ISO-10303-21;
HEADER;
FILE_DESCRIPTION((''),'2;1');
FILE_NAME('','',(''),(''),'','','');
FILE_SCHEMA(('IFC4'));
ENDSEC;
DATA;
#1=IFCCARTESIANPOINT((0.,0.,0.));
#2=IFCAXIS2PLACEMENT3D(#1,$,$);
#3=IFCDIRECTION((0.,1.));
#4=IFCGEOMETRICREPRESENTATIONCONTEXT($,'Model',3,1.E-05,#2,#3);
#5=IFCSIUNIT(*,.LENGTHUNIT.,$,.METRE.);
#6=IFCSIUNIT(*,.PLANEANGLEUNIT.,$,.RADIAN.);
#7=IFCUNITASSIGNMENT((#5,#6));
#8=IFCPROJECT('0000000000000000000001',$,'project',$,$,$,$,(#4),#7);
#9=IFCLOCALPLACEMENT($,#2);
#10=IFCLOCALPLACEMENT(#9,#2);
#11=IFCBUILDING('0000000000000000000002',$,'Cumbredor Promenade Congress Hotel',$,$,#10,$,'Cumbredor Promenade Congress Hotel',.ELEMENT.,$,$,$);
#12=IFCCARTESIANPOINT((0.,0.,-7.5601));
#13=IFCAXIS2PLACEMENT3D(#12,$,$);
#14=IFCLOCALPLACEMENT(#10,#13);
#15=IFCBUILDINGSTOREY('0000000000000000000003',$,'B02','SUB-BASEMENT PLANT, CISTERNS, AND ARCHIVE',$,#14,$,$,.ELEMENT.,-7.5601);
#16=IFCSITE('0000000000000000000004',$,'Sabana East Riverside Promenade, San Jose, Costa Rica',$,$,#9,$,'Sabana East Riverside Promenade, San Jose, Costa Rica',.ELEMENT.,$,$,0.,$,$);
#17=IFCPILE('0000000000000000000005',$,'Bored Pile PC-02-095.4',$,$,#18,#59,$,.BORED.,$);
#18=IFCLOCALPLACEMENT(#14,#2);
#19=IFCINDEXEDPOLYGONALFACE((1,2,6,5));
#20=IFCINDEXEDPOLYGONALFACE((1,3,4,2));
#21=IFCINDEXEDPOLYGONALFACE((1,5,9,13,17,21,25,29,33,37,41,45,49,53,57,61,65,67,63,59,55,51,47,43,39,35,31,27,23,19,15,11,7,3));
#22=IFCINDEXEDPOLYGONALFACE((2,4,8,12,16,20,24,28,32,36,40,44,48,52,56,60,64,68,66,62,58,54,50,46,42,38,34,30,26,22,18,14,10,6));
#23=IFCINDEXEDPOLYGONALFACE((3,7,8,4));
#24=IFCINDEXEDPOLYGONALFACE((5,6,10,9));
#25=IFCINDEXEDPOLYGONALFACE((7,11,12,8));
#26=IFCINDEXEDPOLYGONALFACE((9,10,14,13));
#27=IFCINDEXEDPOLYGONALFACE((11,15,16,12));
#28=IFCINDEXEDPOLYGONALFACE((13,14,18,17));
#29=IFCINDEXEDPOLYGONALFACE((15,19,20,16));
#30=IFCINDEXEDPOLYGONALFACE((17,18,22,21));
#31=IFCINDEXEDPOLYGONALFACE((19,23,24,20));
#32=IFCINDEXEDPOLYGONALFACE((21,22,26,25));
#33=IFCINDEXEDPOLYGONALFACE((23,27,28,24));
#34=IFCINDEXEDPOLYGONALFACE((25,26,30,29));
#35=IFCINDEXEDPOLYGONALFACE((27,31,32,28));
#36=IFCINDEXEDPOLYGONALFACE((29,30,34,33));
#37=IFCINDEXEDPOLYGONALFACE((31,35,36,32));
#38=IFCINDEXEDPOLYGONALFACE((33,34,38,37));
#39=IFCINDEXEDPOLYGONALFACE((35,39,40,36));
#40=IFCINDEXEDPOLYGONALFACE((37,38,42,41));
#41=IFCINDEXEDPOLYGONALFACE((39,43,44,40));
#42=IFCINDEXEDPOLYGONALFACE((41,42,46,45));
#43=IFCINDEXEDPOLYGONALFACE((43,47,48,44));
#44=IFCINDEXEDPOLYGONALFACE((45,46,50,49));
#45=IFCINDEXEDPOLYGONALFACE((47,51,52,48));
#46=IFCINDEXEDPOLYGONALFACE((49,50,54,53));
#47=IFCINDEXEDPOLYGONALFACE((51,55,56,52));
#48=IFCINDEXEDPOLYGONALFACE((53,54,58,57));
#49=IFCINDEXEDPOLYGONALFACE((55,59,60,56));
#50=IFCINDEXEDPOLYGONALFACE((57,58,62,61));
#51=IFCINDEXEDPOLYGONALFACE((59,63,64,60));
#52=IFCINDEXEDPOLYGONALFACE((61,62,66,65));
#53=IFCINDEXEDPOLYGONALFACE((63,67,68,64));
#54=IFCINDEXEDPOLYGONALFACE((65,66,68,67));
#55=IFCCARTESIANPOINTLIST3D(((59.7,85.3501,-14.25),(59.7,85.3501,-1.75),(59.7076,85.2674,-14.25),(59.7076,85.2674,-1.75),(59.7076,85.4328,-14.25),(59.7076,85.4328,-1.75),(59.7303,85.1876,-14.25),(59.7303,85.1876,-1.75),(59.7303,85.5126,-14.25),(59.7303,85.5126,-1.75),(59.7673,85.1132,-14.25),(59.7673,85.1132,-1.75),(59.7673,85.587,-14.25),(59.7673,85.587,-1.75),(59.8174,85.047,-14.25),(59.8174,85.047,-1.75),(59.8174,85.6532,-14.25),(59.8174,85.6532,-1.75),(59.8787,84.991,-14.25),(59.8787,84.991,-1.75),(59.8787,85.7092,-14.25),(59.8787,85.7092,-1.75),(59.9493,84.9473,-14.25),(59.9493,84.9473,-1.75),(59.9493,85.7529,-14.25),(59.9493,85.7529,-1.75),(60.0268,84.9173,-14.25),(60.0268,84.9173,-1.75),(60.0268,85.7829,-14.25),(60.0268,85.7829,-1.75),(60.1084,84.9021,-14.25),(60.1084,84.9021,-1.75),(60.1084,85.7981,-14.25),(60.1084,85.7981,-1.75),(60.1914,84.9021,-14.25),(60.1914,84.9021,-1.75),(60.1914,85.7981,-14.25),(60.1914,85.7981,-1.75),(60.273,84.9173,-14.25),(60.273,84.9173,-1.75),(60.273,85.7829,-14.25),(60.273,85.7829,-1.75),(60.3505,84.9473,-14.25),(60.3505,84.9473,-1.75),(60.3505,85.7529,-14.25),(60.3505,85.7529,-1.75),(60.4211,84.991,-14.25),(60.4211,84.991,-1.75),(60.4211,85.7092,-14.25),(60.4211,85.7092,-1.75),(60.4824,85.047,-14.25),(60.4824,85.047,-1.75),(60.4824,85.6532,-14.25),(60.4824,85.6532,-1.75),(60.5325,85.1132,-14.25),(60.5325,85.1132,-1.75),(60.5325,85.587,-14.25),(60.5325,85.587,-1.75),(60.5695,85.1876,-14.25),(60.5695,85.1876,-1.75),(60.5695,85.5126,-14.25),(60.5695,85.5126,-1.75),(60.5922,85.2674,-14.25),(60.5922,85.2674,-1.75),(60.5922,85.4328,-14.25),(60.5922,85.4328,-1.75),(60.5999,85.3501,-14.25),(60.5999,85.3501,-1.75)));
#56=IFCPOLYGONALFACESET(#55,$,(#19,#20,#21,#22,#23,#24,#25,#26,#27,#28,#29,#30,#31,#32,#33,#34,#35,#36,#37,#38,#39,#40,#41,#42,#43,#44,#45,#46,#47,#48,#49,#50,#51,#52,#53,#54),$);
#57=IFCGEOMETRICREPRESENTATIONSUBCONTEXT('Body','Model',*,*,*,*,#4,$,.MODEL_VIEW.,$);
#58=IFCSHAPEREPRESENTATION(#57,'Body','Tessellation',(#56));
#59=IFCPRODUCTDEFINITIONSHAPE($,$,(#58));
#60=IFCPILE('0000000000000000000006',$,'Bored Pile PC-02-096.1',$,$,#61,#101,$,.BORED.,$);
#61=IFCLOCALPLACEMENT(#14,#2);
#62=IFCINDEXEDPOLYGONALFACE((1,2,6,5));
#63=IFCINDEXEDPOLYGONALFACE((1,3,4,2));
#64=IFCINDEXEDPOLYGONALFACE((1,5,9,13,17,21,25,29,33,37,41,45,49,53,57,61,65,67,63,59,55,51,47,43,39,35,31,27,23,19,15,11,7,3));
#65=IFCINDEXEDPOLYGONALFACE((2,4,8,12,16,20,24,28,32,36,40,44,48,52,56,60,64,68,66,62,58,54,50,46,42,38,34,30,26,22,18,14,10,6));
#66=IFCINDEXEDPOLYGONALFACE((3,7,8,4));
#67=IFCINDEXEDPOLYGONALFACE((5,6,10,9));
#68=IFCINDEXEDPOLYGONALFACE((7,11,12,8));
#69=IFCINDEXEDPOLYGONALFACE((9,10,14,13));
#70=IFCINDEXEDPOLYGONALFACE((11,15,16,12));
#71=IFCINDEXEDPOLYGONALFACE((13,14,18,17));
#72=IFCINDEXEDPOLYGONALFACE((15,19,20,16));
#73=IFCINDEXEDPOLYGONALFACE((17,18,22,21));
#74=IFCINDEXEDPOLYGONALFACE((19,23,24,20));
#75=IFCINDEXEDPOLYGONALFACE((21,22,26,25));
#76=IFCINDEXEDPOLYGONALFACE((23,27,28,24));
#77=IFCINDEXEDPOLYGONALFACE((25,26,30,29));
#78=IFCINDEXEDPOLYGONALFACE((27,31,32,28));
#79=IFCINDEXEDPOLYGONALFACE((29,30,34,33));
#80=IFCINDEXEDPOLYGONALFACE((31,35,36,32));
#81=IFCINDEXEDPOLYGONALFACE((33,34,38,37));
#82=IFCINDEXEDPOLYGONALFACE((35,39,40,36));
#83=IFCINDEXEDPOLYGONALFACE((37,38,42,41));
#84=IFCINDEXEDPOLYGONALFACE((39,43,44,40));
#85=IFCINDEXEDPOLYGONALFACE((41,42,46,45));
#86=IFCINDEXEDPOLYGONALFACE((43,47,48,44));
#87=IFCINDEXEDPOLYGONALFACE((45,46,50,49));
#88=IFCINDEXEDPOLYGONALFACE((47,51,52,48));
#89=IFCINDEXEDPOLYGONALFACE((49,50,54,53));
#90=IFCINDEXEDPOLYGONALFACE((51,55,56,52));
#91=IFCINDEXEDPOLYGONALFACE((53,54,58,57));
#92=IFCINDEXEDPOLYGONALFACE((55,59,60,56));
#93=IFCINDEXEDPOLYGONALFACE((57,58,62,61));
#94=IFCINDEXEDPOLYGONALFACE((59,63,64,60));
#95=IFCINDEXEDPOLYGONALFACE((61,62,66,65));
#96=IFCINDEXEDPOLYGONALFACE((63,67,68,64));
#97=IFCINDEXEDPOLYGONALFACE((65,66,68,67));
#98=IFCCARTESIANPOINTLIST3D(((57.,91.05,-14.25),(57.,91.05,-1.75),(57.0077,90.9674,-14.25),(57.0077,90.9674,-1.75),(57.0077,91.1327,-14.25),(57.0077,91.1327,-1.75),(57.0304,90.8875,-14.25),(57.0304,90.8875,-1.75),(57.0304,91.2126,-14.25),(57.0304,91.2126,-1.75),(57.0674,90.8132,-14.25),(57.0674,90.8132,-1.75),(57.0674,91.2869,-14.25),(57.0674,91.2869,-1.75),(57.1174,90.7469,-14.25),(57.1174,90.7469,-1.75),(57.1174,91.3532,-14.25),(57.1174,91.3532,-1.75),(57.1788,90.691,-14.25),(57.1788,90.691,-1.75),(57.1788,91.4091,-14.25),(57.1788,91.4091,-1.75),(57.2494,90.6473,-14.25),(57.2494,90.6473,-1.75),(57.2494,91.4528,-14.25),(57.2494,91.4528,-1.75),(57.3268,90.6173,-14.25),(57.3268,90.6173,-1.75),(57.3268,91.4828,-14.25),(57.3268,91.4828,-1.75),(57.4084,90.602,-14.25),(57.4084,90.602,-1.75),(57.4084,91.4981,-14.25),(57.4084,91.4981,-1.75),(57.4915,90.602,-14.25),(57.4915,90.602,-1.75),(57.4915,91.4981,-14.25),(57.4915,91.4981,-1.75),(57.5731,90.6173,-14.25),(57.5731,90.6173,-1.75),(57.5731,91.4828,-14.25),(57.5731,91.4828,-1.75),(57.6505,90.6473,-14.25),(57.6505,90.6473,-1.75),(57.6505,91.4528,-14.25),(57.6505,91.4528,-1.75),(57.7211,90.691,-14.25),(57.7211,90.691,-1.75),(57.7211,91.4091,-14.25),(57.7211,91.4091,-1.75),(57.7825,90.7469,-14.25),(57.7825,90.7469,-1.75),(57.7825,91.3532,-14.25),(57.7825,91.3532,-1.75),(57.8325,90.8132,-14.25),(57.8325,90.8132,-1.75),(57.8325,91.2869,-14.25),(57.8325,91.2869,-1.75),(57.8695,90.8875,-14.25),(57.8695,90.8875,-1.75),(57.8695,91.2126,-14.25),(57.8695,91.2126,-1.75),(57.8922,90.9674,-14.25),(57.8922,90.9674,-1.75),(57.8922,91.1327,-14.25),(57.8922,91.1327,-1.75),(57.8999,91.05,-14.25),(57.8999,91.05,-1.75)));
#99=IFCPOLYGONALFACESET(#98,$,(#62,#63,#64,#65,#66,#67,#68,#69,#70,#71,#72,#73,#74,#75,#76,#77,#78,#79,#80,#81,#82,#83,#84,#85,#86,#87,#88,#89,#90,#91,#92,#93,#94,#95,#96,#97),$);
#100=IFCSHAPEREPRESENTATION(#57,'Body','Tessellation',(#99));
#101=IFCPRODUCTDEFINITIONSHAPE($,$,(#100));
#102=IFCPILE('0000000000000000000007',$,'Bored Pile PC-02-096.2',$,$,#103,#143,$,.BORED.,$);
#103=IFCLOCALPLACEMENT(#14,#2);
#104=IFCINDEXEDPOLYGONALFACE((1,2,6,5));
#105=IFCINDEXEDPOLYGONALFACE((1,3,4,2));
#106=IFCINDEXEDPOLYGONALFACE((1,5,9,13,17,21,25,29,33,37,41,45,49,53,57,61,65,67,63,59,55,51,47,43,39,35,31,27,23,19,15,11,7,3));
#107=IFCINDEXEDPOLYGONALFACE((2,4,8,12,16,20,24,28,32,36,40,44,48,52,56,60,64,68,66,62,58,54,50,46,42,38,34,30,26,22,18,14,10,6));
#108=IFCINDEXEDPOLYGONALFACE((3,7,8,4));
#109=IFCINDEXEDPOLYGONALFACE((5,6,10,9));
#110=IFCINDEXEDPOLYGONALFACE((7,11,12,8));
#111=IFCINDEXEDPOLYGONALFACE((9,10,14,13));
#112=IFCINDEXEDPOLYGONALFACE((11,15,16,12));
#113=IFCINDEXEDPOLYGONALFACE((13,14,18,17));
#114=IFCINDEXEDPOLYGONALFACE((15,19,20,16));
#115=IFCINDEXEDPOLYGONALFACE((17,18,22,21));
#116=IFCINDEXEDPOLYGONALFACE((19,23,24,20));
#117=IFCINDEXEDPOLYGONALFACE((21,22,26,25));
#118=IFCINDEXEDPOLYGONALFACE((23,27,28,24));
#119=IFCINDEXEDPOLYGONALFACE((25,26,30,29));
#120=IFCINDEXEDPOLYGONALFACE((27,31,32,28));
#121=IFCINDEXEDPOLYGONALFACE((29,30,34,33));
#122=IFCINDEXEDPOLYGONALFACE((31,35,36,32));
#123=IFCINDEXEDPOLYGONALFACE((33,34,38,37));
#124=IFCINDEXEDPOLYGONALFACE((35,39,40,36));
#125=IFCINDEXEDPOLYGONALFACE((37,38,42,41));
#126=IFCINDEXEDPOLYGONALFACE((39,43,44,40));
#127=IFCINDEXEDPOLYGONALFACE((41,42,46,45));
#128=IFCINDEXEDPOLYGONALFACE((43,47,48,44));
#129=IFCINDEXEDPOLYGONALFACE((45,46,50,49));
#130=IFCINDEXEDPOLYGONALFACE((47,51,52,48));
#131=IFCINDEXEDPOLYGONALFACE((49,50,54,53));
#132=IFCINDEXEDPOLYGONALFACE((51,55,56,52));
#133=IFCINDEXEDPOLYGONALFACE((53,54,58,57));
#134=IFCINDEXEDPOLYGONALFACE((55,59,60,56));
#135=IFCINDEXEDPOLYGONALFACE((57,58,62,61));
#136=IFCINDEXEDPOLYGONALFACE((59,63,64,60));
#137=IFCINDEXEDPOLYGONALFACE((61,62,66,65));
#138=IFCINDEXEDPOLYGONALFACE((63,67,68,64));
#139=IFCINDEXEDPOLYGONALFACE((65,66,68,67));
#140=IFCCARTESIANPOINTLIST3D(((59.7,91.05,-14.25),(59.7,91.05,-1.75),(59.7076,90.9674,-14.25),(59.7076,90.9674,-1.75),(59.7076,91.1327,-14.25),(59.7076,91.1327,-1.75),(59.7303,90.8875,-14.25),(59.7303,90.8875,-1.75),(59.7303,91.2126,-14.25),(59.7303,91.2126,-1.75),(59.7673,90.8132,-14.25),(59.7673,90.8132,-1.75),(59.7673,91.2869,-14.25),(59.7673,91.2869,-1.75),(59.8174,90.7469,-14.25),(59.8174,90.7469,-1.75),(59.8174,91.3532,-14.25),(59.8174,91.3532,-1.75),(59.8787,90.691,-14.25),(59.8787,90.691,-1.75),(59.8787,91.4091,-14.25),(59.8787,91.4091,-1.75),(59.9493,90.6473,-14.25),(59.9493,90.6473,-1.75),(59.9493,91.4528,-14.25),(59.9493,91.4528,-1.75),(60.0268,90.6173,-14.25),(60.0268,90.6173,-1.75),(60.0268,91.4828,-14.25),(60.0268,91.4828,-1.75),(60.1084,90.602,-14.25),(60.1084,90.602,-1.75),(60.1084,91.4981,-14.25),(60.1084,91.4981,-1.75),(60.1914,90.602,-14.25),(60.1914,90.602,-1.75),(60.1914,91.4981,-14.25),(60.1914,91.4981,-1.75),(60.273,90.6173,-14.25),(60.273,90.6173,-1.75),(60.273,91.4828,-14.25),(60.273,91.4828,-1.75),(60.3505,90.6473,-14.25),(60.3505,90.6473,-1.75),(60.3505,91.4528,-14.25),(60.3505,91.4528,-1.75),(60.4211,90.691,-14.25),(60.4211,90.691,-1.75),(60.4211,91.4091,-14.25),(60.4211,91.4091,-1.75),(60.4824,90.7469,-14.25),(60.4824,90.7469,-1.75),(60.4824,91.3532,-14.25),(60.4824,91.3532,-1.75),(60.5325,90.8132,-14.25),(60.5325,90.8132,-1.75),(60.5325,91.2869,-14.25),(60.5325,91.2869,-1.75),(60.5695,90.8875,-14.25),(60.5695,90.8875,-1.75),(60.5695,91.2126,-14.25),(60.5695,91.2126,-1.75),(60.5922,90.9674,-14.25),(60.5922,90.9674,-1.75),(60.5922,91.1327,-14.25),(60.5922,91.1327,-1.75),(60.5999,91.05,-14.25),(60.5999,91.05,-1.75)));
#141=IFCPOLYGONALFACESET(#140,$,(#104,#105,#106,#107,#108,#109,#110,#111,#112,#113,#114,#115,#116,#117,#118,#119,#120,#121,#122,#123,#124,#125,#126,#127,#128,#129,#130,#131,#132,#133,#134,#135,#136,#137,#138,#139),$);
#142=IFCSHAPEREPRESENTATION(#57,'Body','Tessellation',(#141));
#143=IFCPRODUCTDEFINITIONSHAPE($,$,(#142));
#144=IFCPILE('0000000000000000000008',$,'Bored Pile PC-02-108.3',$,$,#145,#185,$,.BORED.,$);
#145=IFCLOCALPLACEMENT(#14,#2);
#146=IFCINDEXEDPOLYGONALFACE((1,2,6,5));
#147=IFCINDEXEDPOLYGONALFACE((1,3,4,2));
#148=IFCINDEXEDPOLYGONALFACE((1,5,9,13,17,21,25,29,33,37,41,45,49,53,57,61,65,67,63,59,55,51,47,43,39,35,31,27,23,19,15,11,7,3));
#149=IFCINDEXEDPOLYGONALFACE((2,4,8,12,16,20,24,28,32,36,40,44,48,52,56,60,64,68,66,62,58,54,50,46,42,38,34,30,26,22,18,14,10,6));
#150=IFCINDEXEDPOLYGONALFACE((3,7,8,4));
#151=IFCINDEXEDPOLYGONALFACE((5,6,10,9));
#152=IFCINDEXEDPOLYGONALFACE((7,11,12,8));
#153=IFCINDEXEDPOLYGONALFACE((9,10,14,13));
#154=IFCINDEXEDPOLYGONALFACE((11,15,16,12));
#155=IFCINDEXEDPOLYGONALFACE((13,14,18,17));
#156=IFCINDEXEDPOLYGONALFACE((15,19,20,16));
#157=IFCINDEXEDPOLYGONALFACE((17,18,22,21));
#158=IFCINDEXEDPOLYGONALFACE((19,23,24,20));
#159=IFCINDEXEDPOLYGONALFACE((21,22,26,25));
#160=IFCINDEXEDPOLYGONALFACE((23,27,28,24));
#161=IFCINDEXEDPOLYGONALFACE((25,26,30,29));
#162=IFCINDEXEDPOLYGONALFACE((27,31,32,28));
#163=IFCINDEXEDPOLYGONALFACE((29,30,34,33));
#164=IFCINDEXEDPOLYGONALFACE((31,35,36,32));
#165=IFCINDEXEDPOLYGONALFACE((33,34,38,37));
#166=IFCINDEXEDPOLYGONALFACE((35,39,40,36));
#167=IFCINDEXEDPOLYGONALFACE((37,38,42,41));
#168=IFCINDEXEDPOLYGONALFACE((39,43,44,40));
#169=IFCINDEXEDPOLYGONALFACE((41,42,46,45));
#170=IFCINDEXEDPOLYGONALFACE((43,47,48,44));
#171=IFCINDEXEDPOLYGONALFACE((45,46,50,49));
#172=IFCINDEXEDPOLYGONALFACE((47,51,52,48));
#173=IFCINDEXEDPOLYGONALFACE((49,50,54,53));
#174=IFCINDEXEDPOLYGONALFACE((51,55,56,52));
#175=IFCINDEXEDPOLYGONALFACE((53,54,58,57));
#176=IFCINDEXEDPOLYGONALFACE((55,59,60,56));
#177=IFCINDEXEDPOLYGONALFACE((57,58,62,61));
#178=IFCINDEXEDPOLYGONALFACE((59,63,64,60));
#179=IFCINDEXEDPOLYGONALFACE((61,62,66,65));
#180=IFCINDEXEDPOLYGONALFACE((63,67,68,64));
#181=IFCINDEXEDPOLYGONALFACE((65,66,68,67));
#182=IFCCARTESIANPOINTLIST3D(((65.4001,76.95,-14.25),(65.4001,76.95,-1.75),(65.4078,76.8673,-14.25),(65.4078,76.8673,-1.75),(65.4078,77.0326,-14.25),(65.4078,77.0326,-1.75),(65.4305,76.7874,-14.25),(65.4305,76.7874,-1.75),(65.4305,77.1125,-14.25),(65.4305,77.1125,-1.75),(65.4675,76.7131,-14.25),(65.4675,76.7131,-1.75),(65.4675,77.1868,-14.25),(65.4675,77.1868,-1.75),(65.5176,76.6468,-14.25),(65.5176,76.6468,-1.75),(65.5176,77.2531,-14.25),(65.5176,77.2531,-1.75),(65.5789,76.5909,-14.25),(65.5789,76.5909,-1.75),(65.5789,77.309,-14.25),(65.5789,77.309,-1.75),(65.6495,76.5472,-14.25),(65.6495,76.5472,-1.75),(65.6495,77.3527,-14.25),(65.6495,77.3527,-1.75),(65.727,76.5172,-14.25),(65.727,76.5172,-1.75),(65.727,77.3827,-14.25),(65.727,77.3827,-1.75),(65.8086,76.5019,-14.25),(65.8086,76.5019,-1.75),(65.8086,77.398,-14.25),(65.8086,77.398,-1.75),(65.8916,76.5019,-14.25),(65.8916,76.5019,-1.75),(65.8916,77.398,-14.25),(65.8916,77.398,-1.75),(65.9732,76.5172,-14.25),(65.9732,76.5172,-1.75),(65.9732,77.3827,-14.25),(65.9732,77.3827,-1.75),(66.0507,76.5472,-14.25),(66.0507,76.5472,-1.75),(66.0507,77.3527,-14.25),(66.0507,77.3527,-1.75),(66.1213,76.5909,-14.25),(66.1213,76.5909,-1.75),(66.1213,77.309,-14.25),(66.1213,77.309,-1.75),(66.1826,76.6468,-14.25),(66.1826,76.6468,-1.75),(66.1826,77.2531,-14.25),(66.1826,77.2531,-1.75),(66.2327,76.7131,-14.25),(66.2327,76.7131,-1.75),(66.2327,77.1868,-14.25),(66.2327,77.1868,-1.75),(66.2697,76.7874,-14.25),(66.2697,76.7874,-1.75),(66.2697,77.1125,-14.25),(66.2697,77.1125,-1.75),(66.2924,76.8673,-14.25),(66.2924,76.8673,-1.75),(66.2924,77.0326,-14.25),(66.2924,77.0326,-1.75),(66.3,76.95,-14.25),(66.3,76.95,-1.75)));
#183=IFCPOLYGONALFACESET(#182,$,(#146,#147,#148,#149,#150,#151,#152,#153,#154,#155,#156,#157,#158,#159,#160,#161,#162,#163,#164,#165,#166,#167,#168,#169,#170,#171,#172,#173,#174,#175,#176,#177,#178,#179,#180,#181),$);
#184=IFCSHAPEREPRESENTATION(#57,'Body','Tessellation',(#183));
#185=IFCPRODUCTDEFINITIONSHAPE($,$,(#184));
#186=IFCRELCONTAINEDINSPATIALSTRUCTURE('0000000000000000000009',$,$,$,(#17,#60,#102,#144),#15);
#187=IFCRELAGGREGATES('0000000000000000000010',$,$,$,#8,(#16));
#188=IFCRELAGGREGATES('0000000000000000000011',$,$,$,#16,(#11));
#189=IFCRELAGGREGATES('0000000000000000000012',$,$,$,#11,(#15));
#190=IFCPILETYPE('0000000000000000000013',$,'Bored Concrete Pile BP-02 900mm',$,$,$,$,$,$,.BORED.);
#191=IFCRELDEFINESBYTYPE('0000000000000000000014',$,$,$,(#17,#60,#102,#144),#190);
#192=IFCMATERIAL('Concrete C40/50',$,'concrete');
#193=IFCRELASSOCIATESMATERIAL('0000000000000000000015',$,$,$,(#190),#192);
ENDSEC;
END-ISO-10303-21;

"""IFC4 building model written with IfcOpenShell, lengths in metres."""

from ifc_helpers import new_model, si_unit, direction, frame, origin, origin_2d, place, context, subcontext, project, spatial, circle, extrude, material, material_profile, profile_set, type_object, element, save


model = new_model("IFC4")

# Units and contexts
model_context = context("Model", 3, precision=1e-05, world=origin(), true_north=direction((0.0, 1.0)))
body_context = subcontext(model_context, "Body", "Model", "MODEL_VIEW")
ifc_project = project(units=[si_unit("LENGTHUNIT", "METRE"), si_unit("PLANEANGLEUNIT", "RADIAN")], contexts=[model_context])

# Site, building, storey
site_placement = place(None, origin())
site = spatial("IfcSite", under=ifc_project, at=site_placement, Name="Sabana East Riverside Promenade, San Jose, Costa Rica", LongName="Sabana East Riverside Promenade, San Jose, Costa Rica", CompositionType="ELEMENT", RefElevation=0.0)
building_placement = place(site_placement, origin())
building = spatial("IfcBuilding", under=site, at=building_placement, Name="Cumbredor Promenade Congress Hotel", LongName="Cumbredor Promenade Congress Hotel", CompositionType="ELEMENT")
storey_placement = place(building_placement, frame((0.0, 0.0, -7.5601)))
storey = spatial("IfcBuildingStorey", under=building, at=storey_placement, Name="B02", Description="SUB-BASEMENT PLANT, CISTERNS, AND ARCHIVE", CompositionType="ELEMENT", Elevation=-7.5601)

# Piles
ifc_material_1 = material(Name="Concrete C40/50", Category="concrete")
ifc_material_profile_1 = material_profile(ifc_material_1, circle(Radius=0.45, at=origin_2d()), Name="PILE D900")
ifc_profile_set_1 = profile_set([ifc_material_profile_1], Name="Concrete C40/50")
pile_type = type_object("IfcPileType", Name="Bored Concrete Pile BP-02 900mm", PredefinedType="BORED", material=ifc_profile_set_1)
for number, where, z_axis, x_axis, name in (
    (1, (60.1499, 85.3501, -1.75), (0.0, 0.0, -1.0), (1.0, 0.0, 0.0), "Bored Pile PC-02-095.4"),
    (2, (57.45, 91.05, -1.75), (0.0, 0.0, -1.0), (1.0, 0.0, 0.0), "Bored Pile PC-02-096.1"),
    (3, (60.1499, 91.05, -1.75), (0.0, 0.0, -1.0), (1.0, 0.0, 0.0), "Bored Pile PC-02-096.2"),
    (4, (65.8501, 76.95, -1.75), (0.0, 0.0, -1.0), (1.0, 0.0, 0.0), "Bored Pile PC-02-108.3"),
):
    element("IfcPile", number, at=place(storey_placement, frame(where, z_axis=z_axis, x_axis=x_axis)), inside=storey, type_object=pile_type, Name=name, PredefinedType="BORED", context=body_context, shape_type="SweptSolid", body=[
        extrude(circle(Radius=0.45, at=origin_2d()), origin(), (0.0, 0.0, 1.0), 12.5),
    ])

save(model, "model.ifc")
